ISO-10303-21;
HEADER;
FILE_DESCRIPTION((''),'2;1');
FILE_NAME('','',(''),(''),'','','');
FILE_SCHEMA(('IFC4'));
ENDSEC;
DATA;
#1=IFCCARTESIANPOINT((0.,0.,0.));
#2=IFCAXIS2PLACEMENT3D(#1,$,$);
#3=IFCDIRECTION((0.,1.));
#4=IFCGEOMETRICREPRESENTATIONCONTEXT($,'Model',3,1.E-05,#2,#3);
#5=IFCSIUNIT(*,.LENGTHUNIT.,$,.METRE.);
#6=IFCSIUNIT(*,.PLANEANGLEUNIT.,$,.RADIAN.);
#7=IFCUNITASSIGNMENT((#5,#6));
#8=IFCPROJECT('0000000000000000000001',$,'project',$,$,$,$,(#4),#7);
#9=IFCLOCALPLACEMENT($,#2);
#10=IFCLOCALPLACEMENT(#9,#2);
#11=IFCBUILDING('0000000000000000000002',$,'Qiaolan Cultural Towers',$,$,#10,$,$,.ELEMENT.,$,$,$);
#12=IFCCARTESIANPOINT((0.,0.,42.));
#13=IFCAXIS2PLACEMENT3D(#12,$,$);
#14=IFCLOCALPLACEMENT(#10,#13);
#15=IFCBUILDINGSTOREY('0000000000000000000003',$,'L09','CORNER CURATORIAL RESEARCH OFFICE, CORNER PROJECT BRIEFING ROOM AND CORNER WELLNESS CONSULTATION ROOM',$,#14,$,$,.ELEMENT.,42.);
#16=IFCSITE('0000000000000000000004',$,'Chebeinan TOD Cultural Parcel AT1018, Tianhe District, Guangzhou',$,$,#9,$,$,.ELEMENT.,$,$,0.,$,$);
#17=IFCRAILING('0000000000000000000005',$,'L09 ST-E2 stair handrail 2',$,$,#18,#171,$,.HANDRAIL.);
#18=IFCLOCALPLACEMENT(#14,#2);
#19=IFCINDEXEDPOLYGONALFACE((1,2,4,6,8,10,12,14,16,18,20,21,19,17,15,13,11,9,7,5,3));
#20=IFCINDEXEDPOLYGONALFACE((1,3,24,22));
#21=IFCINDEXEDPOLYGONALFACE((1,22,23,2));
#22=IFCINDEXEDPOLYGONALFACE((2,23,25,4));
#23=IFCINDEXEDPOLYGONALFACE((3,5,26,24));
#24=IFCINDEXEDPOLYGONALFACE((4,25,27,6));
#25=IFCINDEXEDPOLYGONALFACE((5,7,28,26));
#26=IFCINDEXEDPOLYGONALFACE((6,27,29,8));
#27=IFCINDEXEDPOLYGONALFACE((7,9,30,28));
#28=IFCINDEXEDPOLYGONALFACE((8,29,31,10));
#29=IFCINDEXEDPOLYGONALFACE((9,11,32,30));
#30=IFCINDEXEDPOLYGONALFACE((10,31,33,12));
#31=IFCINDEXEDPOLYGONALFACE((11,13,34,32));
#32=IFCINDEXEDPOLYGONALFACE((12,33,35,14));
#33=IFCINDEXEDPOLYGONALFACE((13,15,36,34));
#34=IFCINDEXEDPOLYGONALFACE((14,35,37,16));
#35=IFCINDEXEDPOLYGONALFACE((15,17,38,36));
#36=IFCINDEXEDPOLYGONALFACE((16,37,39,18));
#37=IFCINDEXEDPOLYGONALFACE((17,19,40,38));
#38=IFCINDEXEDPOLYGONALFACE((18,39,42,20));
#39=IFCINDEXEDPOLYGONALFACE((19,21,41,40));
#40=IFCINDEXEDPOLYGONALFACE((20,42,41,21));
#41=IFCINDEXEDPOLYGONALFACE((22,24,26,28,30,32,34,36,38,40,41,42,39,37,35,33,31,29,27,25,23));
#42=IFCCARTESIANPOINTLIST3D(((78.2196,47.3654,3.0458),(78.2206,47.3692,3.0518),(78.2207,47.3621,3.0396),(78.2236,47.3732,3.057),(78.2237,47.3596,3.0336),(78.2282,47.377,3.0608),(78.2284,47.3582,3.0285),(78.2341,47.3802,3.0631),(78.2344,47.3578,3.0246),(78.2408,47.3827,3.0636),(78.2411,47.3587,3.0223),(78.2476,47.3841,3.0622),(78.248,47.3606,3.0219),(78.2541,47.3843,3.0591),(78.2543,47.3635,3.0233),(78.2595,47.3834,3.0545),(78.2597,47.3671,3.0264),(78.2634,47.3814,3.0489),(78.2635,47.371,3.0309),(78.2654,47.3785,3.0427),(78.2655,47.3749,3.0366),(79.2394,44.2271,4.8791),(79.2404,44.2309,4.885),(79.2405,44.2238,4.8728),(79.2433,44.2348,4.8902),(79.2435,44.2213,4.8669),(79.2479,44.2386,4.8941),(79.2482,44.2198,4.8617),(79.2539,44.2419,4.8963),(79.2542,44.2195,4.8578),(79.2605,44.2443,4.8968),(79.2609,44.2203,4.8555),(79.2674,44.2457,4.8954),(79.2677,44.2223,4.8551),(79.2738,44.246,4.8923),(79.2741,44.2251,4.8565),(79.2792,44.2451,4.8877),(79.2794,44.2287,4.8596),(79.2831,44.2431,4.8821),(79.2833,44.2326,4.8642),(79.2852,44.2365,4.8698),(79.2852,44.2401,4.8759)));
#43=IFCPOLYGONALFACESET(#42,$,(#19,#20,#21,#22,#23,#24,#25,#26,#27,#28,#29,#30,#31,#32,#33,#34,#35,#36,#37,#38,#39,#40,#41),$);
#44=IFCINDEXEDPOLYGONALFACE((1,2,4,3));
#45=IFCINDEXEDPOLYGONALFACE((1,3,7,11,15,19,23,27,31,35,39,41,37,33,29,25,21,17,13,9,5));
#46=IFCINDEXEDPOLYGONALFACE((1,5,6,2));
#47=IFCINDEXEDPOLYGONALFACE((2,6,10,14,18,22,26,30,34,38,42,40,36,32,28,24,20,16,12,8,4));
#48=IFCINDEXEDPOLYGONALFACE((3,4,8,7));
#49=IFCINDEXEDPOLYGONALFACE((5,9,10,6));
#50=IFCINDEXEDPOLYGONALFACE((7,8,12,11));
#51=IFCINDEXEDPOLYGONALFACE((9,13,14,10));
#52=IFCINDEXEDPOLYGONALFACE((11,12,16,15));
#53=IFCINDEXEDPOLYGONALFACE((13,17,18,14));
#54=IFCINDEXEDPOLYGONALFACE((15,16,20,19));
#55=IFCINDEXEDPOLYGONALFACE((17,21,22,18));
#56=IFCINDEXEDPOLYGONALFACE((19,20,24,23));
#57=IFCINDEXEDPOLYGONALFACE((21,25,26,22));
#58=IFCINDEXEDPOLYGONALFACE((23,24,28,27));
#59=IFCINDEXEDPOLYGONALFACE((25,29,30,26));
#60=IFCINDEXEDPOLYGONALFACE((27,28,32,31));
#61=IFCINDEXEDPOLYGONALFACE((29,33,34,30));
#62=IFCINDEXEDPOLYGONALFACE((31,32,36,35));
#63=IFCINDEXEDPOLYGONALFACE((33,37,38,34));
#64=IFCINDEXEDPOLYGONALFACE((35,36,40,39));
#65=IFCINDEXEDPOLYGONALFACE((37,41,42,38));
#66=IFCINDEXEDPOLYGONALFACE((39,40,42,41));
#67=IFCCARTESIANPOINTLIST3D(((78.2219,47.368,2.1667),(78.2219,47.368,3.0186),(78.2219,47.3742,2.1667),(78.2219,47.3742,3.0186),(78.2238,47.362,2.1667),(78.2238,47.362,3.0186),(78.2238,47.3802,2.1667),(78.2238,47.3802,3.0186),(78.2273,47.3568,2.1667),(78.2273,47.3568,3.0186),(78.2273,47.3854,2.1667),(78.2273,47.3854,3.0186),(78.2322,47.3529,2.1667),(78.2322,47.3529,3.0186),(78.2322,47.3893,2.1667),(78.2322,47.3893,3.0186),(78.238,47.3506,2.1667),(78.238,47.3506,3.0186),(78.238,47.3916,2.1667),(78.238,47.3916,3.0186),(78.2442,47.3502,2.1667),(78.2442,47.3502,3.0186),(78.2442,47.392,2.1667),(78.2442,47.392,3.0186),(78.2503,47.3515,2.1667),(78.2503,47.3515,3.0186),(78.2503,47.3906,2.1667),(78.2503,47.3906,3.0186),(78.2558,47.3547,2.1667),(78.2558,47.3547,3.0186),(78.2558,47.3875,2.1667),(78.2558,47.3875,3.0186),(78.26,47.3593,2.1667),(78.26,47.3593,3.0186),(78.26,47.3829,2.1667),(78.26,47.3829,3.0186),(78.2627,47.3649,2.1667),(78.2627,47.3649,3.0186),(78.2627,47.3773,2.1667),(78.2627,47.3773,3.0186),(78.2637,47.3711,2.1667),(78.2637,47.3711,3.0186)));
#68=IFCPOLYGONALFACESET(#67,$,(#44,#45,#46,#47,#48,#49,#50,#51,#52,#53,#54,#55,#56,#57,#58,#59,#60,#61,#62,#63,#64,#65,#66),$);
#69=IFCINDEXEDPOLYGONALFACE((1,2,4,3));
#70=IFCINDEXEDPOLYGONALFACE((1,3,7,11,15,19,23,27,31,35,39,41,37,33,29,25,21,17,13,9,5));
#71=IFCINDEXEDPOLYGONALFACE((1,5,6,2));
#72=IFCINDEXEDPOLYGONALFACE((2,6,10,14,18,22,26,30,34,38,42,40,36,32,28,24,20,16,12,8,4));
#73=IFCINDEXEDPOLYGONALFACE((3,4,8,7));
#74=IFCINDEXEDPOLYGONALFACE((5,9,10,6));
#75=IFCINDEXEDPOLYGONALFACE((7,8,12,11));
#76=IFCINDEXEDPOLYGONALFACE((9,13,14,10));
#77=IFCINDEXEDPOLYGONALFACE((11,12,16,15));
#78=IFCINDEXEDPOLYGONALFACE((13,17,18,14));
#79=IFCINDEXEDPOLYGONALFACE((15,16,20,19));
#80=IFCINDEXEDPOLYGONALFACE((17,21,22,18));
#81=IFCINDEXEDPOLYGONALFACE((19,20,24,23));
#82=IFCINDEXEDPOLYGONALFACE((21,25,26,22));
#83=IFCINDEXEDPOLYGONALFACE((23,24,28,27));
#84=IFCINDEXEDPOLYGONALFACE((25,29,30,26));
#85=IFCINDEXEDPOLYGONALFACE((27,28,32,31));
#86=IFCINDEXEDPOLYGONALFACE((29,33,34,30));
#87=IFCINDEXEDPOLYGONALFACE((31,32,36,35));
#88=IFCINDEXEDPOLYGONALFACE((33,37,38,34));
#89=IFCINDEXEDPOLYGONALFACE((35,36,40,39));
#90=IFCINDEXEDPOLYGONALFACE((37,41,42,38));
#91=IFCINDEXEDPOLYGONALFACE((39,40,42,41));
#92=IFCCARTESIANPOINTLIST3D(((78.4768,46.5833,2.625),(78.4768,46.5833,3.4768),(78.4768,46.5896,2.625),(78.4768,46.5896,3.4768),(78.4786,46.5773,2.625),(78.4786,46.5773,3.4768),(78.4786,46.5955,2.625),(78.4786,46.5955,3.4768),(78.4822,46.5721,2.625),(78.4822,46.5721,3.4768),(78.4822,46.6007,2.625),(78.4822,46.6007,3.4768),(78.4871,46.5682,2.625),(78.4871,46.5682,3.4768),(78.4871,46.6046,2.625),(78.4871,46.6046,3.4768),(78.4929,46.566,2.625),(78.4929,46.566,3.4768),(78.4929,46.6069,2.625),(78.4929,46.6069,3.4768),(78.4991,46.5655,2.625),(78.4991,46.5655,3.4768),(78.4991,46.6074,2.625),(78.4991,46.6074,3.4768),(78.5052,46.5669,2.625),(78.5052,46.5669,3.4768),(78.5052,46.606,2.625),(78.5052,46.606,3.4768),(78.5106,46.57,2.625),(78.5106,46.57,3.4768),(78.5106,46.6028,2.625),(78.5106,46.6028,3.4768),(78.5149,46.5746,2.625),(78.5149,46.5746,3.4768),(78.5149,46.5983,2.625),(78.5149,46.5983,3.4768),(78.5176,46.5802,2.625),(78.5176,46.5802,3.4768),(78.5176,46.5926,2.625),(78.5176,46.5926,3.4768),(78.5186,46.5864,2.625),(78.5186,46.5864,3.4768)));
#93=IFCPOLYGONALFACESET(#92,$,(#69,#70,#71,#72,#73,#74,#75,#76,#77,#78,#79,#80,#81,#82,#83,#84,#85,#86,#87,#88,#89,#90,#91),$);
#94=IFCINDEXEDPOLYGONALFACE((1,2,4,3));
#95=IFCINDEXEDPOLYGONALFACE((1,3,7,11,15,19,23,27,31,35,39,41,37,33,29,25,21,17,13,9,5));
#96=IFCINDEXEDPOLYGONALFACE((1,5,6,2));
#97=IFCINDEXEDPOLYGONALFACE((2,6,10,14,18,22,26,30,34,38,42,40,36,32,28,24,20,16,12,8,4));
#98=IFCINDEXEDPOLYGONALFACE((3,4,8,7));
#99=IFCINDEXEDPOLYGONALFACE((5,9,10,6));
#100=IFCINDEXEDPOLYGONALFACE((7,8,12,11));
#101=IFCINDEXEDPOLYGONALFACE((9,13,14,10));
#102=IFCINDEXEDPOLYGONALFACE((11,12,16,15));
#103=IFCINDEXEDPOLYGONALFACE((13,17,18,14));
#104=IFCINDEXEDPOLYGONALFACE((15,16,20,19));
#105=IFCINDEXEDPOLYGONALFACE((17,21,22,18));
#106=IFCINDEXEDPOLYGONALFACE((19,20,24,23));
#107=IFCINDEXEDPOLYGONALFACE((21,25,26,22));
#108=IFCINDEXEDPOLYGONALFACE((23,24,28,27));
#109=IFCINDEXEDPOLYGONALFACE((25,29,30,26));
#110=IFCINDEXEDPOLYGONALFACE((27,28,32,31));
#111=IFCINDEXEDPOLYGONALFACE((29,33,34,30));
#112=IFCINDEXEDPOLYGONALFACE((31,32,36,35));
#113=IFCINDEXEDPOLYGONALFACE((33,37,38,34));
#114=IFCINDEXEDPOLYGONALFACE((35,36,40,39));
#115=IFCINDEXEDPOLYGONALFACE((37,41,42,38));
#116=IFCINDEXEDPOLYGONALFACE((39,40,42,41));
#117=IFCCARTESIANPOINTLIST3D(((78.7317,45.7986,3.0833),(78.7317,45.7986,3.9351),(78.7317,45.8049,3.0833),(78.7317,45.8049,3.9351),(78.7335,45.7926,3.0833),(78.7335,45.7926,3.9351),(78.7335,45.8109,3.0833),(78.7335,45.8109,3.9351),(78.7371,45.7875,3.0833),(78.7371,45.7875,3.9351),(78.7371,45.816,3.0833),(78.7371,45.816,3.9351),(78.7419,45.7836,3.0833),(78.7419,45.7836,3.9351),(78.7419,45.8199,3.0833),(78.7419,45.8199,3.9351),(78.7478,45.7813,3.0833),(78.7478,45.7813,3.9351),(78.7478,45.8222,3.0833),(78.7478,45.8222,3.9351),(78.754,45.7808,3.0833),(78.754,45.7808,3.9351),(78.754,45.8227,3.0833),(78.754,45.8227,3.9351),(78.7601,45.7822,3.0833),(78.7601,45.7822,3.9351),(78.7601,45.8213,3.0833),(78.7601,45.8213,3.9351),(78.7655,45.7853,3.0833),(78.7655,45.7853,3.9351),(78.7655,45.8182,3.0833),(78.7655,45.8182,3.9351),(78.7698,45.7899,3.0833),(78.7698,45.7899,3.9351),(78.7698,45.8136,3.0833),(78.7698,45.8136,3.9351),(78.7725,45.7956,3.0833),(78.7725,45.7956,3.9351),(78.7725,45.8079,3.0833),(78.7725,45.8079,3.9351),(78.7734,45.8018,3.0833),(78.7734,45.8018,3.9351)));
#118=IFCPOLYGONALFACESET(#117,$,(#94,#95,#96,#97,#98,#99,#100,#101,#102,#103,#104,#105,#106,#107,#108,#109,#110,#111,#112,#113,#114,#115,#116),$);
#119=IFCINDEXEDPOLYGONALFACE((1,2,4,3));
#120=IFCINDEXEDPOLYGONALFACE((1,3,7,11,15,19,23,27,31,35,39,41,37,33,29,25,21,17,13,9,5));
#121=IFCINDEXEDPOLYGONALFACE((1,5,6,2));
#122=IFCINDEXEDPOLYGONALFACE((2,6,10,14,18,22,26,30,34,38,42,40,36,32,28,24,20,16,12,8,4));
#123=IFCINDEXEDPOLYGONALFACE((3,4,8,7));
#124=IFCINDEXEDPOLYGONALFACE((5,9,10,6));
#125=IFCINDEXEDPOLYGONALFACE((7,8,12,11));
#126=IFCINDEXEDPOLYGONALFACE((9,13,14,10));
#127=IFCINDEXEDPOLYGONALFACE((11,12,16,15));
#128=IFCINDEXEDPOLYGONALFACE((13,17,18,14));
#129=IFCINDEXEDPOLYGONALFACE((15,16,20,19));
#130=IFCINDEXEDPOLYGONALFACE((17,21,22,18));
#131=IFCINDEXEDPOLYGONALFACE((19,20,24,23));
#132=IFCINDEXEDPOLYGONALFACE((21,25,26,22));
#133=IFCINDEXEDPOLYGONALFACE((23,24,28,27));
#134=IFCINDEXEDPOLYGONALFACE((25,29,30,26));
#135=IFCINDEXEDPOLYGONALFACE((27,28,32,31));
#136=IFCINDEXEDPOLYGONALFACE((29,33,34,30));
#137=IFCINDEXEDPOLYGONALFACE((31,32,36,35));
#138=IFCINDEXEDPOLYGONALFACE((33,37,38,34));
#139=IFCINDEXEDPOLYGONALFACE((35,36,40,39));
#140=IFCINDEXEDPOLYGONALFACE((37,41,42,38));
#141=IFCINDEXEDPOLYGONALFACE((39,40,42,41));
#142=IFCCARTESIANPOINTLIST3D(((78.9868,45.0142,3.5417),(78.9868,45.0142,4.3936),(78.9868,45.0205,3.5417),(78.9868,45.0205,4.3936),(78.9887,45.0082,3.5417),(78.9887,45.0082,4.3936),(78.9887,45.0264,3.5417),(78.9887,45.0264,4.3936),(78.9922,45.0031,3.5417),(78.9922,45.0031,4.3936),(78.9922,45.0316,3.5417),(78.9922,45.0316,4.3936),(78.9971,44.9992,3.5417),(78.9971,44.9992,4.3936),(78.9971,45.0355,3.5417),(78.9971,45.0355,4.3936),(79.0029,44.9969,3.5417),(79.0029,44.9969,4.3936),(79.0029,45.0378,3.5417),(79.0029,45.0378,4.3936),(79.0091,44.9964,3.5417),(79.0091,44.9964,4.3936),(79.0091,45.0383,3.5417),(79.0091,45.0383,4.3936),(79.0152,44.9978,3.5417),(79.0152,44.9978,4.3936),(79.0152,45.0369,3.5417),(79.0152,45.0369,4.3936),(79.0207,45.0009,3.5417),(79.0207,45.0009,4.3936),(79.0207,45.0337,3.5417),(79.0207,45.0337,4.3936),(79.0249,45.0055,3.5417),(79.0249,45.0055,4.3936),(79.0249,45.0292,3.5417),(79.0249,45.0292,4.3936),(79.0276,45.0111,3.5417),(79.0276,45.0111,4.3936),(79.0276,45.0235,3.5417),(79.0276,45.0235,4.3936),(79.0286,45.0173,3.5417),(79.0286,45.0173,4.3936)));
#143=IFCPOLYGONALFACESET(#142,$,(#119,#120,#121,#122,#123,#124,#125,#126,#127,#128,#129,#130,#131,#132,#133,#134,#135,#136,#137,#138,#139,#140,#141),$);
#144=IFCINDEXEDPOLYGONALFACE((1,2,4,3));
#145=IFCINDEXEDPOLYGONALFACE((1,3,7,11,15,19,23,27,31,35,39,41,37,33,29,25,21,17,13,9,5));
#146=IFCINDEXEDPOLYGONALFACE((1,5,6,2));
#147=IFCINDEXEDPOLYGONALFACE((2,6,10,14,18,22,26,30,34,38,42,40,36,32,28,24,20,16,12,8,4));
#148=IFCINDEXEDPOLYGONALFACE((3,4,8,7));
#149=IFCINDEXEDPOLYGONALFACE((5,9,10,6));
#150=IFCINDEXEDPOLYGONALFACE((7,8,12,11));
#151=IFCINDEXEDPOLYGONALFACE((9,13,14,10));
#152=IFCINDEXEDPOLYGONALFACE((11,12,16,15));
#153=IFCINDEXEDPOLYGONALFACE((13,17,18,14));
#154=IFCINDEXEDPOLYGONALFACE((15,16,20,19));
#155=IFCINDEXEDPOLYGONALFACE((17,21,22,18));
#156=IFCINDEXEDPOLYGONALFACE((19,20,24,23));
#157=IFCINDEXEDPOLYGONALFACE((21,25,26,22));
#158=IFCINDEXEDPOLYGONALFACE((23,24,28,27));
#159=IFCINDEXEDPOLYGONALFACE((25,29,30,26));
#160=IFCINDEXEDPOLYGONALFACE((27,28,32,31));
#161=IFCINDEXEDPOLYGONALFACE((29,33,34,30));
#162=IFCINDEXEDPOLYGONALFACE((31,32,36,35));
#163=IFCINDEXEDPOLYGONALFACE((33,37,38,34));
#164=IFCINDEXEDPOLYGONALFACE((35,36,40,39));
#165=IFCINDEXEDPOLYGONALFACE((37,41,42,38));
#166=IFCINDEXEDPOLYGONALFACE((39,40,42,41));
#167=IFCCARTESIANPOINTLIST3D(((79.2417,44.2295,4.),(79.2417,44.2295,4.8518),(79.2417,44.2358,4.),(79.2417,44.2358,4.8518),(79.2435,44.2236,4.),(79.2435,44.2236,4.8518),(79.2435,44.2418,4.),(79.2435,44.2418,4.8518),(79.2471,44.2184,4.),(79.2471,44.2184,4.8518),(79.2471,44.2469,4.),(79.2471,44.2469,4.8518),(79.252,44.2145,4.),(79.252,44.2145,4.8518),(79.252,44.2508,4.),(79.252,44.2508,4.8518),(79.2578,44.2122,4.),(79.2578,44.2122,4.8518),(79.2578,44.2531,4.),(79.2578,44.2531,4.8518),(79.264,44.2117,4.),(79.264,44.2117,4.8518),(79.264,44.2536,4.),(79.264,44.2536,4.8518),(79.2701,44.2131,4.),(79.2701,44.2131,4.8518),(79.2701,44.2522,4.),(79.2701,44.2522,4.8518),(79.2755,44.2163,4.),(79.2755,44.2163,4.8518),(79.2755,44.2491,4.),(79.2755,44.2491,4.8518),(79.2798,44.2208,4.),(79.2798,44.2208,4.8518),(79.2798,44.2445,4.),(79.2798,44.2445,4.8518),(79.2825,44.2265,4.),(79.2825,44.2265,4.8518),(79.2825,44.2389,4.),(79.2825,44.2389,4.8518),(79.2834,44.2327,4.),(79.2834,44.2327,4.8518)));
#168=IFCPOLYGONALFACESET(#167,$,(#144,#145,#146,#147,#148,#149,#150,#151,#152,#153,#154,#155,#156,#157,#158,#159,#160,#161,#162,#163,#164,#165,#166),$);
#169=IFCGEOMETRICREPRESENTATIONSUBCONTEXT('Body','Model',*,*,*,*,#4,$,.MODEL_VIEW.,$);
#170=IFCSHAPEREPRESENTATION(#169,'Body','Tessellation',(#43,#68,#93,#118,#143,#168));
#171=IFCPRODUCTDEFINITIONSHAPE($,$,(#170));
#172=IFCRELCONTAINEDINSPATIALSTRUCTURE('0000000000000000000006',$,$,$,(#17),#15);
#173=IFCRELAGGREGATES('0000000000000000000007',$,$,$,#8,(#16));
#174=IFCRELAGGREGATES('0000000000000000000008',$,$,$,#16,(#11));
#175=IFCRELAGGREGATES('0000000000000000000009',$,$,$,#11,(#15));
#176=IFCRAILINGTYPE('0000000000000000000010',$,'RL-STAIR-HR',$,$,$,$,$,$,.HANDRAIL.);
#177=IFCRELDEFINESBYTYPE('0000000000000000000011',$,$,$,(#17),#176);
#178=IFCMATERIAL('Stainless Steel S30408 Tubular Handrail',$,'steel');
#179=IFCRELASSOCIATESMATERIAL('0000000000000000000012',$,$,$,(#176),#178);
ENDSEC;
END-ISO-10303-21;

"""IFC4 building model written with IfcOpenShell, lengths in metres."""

from ifc_helpers import new_model, si_unit, direction, frame, origin, origin_2d, place, context, subcontext, project, spatial, circle, extrude, material, type_object, element, save


model = new_model("IFC4")

# Units and contexts
model_context = context("Model", 3, precision=1e-05, world=origin(), true_north=direction((0.0, 1.0)))
body_context = subcontext(model_context, "Body", "Model", "MODEL_VIEW")
ifc_project = project(units=[si_unit("LENGTHUNIT", "METRE"), si_unit("PLANEANGLEUNIT", "RADIAN")], contexts=[model_context])

# Site, building, storey
site_placement = place(None, origin())
site = spatial("IfcSite", under=ifc_project, at=site_placement, Name="Chebeinan TOD Cultural Parcel AT1018, Tianhe District, Guangzhou", CompositionType="ELEMENT", RefElevation=0.0)
building_placement = place(site_placement, origin())
building = spatial("IfcBuilding", under=site, at=building_placement, Name="Qiaolan Cultural Towers", CompositionType="ELEMENT")
storey_placement = place(building_placement, frame((0.0, 0.0, 42.0)))
storey = spatial("IfcBuildingStorey", under=building, at=storey_placement, Name="L09", Description="CORNER CURATORIAL RESEARCH OFFICE, CORNER PROJECT BRIEFING ROOM AND CORNER WELLNESS CONSULTATION ROOM", CompositionType="ELEMENT", Elevation=42.0)

# Railing
ifc_material_1 = material(Name="Stainless Steel S30408 Tubular Handrail", Category="steel")
railing_type_1 = type_object("IfcRailingType", Name="RL-STAIR-HR", PredefinedType="HANDRAIL", material=ifc_material_1)
railing_1_placement = place(storey_placement, frame((78.2427, 47.3711, 2.1667)))
element("IfcRailing", 1, at=railing_1_placement, inside=storey, type_object=railing_type_1, Name="L09 ST-E2 stair handrail 2", PredefinedType="HANDRAIL", context=body_context, shape_type="SweptSolid", body=[
    extrude(circle(Radius=0.0239, at=origin_2d()), frame((0.0, 0.0, 0.876), z_axis=(0.270141, -0.831376, 0.485632), x_axis=(0.951053, 0.309028, 0.0)), (0.0, 0.0, 1.0), 3.7749),
    extrude(circle(Radius=0.021, at=origin_2d()), origin(), (0.0, 0.0, 1.0), 0.8518),
    extrude(circle(Radius=0.021, at=origin_2d()), frame((0.2549, -0.7847, 0.4583)), (0.0, 0.0, 1.0), 0.8518),
    extrude(circle(Radius=0.021, at=origin_2d()), frame((0.5098, -1.5693, 0.9165)), (0.0, 0.0, 1.0), 0.8518),
    extrude(circle(Radius=0.021, at=origin_2d()), frame((0.7649, -2.3538, 1.375)), (0.0, 0.0, 1.0), 0.8518),
    extrude(circle(Radius=0.021, at=origin_2d()), frame((1.0198, -3.1384, 1.8333)), (0.0, 0.0, 1.0), 0.8518),
])

save(model, "model.ifc")
